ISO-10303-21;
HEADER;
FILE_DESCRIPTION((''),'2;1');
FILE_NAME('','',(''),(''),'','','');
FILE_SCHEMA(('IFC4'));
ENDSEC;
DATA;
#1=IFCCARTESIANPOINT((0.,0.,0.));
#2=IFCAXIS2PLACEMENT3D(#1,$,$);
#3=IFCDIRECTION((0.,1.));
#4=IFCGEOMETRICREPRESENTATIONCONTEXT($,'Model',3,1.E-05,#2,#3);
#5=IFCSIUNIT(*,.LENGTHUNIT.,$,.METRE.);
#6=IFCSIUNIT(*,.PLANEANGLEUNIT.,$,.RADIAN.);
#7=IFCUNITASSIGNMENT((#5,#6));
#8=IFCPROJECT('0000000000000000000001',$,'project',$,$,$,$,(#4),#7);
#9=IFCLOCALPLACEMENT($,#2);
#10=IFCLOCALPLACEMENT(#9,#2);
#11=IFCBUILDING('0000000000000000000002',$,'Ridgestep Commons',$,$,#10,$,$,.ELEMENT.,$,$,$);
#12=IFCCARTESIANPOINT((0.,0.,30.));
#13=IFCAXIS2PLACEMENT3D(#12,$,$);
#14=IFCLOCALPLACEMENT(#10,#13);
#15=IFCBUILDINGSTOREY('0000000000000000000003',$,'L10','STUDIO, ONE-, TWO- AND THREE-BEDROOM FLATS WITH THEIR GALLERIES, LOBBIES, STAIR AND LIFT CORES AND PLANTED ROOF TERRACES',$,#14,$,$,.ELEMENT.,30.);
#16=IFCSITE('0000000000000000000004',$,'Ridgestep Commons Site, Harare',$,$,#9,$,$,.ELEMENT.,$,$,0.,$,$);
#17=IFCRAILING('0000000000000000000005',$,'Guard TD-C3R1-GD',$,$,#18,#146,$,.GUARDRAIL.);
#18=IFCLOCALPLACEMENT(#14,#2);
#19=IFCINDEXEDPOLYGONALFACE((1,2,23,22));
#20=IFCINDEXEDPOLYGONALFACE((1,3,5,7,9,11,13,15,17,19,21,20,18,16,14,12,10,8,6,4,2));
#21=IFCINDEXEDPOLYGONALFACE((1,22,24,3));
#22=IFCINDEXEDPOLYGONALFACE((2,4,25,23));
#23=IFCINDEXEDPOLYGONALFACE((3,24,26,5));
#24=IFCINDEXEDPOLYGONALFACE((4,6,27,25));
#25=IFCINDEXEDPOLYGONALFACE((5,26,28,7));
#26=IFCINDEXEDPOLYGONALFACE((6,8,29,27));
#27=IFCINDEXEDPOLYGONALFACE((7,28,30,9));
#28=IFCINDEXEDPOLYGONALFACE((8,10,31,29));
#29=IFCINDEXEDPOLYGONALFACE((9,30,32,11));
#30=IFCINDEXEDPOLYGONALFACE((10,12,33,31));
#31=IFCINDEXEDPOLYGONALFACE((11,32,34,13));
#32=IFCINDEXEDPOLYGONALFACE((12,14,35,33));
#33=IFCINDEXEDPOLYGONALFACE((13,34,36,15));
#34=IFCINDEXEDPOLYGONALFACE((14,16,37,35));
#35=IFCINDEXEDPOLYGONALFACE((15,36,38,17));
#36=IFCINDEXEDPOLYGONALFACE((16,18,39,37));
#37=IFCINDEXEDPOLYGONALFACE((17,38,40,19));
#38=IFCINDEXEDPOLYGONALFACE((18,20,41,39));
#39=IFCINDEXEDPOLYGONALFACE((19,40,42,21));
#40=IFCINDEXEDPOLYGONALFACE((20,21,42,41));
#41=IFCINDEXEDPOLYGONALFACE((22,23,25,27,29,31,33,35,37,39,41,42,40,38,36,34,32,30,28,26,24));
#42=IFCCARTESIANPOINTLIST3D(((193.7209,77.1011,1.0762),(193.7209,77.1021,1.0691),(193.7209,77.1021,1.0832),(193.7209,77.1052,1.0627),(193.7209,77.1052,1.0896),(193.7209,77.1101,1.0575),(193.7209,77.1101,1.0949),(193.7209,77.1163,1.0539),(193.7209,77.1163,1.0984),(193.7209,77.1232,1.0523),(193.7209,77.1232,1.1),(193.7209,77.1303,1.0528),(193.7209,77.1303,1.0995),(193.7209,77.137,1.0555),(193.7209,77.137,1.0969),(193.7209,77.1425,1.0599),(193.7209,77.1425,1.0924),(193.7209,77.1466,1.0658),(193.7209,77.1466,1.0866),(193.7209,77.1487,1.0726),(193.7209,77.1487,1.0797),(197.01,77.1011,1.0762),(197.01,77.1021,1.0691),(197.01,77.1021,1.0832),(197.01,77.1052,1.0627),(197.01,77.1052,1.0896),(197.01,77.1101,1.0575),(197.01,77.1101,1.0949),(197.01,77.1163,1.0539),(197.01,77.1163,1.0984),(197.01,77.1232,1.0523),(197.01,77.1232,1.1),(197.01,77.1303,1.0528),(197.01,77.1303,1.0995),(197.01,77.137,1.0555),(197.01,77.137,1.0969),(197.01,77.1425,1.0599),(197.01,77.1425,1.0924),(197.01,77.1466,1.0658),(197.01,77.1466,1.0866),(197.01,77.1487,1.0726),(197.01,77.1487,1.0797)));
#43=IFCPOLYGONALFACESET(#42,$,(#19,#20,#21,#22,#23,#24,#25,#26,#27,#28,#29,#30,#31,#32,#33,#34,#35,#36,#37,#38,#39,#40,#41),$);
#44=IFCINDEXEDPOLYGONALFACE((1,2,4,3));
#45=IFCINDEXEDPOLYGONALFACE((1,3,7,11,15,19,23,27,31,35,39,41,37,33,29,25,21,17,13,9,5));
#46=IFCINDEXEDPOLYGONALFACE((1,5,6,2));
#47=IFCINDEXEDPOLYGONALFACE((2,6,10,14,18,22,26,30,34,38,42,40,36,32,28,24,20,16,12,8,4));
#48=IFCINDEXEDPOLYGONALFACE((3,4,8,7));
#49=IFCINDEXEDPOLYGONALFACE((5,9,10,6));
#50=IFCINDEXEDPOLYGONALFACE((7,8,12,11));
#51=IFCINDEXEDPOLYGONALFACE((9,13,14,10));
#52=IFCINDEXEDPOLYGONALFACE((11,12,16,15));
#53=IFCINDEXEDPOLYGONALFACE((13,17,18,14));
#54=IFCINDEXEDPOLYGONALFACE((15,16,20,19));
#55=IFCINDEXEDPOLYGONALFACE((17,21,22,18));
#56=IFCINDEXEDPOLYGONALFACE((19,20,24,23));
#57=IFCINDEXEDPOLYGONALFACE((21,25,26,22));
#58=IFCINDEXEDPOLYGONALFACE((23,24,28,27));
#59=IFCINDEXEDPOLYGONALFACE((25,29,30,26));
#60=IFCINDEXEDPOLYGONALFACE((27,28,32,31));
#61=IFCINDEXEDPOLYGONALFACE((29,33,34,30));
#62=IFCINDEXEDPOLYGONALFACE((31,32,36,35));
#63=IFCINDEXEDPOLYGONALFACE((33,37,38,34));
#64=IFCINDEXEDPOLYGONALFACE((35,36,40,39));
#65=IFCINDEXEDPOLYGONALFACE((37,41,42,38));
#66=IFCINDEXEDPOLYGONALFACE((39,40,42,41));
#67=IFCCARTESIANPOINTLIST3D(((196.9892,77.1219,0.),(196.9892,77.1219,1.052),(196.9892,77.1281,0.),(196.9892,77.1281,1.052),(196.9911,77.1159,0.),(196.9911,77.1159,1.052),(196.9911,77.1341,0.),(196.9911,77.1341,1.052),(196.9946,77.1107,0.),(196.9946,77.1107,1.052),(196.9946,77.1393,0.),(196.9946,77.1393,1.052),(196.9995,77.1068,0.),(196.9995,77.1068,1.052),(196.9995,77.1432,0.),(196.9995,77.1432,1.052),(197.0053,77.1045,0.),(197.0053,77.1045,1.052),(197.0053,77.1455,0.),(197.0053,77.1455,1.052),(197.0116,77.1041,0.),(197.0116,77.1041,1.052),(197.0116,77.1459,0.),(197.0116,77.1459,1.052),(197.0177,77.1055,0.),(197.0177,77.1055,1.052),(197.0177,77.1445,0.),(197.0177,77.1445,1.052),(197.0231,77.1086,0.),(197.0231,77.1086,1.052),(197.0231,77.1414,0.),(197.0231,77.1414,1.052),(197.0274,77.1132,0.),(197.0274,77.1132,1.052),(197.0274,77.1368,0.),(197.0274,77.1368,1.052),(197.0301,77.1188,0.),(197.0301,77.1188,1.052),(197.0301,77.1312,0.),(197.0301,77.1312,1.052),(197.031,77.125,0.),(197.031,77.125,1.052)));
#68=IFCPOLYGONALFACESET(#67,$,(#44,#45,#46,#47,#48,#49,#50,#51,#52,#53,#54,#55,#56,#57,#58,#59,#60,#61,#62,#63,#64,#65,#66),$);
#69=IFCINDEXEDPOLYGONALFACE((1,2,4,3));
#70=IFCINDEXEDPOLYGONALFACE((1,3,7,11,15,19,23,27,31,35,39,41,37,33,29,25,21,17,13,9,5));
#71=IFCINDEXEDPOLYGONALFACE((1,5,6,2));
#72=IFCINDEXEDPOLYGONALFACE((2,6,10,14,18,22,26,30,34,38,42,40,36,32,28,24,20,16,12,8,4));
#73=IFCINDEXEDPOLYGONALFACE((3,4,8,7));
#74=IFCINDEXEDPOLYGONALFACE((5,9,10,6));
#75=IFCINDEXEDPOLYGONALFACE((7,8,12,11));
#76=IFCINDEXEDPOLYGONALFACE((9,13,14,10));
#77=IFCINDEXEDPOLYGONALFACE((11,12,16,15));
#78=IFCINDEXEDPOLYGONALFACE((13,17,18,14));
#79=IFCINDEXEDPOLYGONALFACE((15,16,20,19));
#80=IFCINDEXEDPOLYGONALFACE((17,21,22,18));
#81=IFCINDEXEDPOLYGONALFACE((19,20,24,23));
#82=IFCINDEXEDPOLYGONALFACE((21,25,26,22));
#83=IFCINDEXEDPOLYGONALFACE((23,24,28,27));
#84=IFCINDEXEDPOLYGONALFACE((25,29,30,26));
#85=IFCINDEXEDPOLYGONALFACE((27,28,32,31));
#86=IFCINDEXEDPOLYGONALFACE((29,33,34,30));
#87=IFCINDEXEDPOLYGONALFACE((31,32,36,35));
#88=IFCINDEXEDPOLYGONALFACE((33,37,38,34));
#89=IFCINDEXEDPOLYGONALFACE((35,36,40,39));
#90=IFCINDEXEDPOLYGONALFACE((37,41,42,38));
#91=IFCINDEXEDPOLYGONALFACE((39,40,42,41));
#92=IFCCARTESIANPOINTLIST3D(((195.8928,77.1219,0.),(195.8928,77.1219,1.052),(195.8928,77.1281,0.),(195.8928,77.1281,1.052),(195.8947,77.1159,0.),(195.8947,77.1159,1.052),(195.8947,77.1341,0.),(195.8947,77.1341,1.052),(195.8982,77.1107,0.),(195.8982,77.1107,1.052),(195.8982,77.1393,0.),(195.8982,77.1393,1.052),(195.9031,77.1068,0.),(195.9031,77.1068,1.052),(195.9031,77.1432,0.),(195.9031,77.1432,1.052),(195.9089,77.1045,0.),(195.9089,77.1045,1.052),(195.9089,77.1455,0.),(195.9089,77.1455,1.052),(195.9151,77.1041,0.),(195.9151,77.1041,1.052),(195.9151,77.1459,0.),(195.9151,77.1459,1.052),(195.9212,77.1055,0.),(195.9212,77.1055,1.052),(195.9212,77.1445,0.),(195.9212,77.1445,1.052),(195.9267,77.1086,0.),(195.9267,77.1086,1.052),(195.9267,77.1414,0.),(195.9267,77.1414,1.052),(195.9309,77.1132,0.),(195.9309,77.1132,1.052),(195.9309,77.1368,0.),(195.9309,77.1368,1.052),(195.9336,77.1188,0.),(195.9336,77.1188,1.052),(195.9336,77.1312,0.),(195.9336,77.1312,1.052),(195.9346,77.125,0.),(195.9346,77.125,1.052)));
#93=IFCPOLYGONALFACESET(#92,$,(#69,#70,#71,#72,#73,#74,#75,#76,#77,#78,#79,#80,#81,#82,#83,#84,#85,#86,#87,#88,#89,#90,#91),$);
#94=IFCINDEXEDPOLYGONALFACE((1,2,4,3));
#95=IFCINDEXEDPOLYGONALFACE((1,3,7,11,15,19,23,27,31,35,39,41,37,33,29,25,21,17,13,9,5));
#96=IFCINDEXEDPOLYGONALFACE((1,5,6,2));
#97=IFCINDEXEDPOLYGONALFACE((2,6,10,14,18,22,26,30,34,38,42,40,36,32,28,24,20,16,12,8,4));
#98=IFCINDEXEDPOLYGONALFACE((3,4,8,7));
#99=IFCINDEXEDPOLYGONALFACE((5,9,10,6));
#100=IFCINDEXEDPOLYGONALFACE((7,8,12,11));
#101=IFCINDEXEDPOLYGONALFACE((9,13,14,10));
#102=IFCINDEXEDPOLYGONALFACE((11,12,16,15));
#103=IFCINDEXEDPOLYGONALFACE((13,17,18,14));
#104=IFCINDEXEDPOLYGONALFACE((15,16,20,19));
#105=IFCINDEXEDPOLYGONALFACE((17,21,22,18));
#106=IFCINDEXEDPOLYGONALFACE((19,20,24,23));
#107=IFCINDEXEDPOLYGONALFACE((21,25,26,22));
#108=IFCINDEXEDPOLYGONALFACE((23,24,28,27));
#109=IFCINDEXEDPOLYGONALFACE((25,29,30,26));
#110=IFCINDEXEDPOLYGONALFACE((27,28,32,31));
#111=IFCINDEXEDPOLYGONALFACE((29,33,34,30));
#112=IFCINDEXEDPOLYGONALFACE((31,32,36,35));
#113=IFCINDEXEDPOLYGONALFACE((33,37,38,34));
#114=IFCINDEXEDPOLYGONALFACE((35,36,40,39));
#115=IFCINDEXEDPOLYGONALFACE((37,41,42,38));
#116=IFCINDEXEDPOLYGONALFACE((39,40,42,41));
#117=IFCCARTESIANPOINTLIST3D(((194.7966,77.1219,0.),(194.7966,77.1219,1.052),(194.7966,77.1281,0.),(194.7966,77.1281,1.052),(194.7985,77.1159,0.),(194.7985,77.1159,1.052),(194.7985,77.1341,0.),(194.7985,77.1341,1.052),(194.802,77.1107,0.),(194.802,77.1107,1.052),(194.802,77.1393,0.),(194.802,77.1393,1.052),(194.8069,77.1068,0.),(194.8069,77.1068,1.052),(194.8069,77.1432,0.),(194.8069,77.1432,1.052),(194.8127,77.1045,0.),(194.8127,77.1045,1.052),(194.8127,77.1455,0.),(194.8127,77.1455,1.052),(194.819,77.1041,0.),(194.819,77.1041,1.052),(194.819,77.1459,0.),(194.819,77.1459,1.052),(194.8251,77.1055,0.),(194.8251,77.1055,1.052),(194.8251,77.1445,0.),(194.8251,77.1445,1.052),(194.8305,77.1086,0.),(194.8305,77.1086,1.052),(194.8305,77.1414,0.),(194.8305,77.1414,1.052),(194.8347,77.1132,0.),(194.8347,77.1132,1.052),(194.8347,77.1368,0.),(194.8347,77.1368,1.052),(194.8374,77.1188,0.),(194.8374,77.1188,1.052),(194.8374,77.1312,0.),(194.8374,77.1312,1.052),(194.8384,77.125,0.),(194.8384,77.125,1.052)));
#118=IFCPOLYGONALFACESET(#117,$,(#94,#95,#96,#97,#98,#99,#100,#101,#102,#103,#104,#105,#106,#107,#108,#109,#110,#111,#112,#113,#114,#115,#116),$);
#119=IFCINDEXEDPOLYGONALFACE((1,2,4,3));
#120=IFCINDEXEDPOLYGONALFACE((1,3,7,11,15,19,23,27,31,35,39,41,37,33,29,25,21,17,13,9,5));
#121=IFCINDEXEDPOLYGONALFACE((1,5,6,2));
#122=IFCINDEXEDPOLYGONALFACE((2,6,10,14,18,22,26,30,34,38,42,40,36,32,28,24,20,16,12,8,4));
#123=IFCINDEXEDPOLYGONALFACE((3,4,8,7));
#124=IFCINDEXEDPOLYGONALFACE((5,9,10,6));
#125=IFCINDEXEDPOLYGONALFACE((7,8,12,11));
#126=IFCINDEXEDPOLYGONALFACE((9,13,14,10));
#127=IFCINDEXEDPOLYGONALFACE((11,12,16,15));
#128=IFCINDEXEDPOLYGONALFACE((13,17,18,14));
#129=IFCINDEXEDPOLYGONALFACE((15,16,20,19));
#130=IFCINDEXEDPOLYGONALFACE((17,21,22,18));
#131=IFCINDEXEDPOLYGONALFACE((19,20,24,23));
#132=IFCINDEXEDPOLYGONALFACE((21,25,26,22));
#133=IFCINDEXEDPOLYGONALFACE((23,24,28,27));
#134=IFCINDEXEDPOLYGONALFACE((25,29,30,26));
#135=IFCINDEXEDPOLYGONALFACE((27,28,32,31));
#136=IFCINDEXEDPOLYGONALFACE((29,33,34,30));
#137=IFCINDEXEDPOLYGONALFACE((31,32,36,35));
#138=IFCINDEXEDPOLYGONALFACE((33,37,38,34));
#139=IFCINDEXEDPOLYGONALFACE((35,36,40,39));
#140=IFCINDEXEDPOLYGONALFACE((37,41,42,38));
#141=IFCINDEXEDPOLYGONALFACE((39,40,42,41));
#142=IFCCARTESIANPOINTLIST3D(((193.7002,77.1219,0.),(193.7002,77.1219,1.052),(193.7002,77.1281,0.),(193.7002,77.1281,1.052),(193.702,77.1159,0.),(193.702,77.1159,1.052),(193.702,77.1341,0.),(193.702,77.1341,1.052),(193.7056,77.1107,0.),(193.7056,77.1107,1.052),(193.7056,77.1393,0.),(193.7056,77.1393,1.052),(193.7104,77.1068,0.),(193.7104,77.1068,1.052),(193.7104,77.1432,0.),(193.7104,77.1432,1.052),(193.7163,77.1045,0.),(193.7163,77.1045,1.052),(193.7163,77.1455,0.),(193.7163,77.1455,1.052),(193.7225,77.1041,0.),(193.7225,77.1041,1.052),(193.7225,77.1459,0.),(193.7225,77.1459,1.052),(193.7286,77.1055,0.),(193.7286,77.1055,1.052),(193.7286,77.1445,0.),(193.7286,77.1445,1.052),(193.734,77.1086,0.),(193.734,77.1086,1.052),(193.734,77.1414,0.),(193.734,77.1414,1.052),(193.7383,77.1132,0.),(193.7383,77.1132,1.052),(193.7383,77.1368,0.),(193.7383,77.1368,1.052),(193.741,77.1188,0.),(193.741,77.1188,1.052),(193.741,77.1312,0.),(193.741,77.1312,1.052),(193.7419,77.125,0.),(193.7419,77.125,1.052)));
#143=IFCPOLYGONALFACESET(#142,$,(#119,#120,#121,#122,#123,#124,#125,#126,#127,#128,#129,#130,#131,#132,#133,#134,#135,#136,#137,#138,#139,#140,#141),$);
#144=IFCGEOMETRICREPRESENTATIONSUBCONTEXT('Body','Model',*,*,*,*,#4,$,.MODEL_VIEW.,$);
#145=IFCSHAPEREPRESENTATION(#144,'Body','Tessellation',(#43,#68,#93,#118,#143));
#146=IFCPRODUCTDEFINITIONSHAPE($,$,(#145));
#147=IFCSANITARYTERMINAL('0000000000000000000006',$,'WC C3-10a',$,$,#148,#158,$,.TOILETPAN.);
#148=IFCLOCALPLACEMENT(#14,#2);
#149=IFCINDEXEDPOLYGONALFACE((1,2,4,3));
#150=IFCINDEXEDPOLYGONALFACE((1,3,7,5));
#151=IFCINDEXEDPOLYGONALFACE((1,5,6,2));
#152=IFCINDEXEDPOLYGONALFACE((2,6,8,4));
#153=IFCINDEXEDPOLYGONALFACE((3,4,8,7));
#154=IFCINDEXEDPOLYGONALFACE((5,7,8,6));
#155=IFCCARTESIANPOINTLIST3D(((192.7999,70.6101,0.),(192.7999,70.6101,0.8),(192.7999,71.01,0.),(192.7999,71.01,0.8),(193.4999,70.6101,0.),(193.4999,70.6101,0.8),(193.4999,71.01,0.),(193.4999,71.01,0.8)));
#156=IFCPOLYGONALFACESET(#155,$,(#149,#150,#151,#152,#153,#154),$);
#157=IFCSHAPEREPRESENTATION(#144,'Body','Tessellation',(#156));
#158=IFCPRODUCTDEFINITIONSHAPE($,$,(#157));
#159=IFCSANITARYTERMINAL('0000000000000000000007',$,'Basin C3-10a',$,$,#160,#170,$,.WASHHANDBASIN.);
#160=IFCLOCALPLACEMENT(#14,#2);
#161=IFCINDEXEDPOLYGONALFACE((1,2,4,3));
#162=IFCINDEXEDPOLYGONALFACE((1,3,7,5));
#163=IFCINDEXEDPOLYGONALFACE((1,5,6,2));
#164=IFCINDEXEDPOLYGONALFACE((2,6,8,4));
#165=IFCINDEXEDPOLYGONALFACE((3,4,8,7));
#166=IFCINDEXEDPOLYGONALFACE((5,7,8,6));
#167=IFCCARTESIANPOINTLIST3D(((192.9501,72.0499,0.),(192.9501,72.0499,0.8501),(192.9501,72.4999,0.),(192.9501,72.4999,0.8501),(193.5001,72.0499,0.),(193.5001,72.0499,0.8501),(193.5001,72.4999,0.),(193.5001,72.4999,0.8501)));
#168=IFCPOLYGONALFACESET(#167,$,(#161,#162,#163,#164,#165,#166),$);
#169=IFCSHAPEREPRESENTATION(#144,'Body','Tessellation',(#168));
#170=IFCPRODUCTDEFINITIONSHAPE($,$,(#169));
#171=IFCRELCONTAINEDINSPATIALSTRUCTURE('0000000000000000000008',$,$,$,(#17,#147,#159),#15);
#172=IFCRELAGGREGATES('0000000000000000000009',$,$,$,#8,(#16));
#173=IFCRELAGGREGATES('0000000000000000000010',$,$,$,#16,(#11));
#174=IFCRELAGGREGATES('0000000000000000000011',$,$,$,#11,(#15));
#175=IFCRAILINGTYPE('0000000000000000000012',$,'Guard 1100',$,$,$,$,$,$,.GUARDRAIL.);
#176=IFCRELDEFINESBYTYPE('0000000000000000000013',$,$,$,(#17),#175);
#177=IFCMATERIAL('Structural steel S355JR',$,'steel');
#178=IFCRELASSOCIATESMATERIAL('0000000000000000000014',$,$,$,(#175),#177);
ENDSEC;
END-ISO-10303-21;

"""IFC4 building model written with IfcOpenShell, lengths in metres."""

from ifc_helpers import new_model, si_unit, direction, frame, origin, origin_2d, place, context, subcontext, project, spatial, rectangle, circle, extrude, material, type_object, element, save


model = new_model("IFC4")

# Units and contexts
model_context = context("Model", 3, precision=1e-05, world=origin(), true_north=direction((0.0, 1.0)))
body_context = subcontext(model_context, "Body", "Model", "MODEL_VIEW")
ifc_project = project(units=[si_unit("LENGTHUNIT", "METRE"), si_unit("PLANEANGLEUNIT", "RADIAN")], contexts=[model_context])

# Site, building, storey
site_placement = place(None, origin())
site = spatial("IfcSite", under=ifc_project, at=site_placement, Name="Ridgestep Commons Site, Harare", CompositionType="ELEMENT", RefElevation=0.0)
building_placement = place(site_placement, origin())
building = spatial("IfcBuilding", under=site, at=building_placement, Name="Ridgestep Commons", CompositionType="ELEMENT")
storey_placement = place(building_placement, frame((0.0, 0.0, 30.0)))
storey = spatial("IfcBuildingStorey", under=building, at=storey_placement, Name="L10", Description="STUDIO, ONE-, TWO- AND THREE-BEDROOM FLATS WITH THEIR GALLERIES, LOBBIES, STAIR AND LIFT CORES AND PLANTED ROOF TERRACES", CompositionType="ELEMENT", Elevation=30.0)

# Railing
ifc_material_1 = material(Name="Structural steel S355JR", Category="steel")
railing_type = type_object("IfcRailingType", Name="Guard 1100", PredefinedType="GUARDRAIL", material=ifc_material_1)
railing_placement = place(storey_placement, frame((197.01, 77.125, 0.0)))
element("IfcRailing", 1, at=railing_placement, inside=storey, type_object=railing_type, Name="Guard TD-C3R1-GD", PredefinedType="GUARDRAIL", context=body_context, shape_type="SweptSolid", body=[
    extrude(circle(Radius=0.0239, at=origin_2d()), frame((0.0, 0.0, 1.0762), z_axis=(-1.0, 0.0, 0.0), x_axis=(0.0, -1.0, 0.0)), (0.0, 0.0, 1.0), 3.2891),
    extrude(circle(Radius=0.021, at=origin_2d()), origin(), (0.0, 0.0, 1.0), 1.052),
    extrude(circle(Radius=0.021, at=origin_2d()), frame((-1.0964, 0.0, 0.0)), (0.0, 0.0, 1.0), 1.052),
    extrude(circle(Radius=0.021, at=origin_2d()), frame((-2.1926, 0.0, 0.0)), (0.0, 0.0, 1.0), 1.052),
    extrude(circle(Radius=0.021, at=origin_2d()), frame((-3.2891, 0.0, 0.0)), (0.0, 0.0, 1.0), 1.052),
])

# Sanitary terminals
sanitary_terminal_1_placement = place(storey_placement, frame((193.1499, 70.8101, 0.0), z_axis=(0.0, 0.0, 1.0), x_axis=(1.0, 0.0, 0.0)))
element("IfcSanitaryTerminal", 2, at=sanitary_terminal_1_placement, inside=storey, Name="WC C3-10a", PredefinedType="TOILETPAN", context=body_context, shape_type="SweptSolid", body=[
    extrude(rectangle(XDim=0.7, YDim=0.3999, at=origin_2d()), origin(), (0.0, 0.0, 1.0), 0.8),
])
sanitary_terminal_2_placement = place(storey_placement, frame((193.2251, 72.2749, 0.0), z_axis=(0.0, 0.0, 1.0), x_axis=(1.0, 0.0, 0.0)))
element("IfcSanitaryTerminal", 3, at=sanitary_terminal_2_placement, inside=storey, Name="Basin C3-10a", PredefinedType="WASHHANDBASIN", context=body_context, shape_type="SweptSolid", body=[
    extrude(rectangle(XDim=0.55, YDim=0.45, at=origin_2d()), origin(), (0.0, 0.0, 1.0), 0.8501),
])

save(model, "model.ifc")
